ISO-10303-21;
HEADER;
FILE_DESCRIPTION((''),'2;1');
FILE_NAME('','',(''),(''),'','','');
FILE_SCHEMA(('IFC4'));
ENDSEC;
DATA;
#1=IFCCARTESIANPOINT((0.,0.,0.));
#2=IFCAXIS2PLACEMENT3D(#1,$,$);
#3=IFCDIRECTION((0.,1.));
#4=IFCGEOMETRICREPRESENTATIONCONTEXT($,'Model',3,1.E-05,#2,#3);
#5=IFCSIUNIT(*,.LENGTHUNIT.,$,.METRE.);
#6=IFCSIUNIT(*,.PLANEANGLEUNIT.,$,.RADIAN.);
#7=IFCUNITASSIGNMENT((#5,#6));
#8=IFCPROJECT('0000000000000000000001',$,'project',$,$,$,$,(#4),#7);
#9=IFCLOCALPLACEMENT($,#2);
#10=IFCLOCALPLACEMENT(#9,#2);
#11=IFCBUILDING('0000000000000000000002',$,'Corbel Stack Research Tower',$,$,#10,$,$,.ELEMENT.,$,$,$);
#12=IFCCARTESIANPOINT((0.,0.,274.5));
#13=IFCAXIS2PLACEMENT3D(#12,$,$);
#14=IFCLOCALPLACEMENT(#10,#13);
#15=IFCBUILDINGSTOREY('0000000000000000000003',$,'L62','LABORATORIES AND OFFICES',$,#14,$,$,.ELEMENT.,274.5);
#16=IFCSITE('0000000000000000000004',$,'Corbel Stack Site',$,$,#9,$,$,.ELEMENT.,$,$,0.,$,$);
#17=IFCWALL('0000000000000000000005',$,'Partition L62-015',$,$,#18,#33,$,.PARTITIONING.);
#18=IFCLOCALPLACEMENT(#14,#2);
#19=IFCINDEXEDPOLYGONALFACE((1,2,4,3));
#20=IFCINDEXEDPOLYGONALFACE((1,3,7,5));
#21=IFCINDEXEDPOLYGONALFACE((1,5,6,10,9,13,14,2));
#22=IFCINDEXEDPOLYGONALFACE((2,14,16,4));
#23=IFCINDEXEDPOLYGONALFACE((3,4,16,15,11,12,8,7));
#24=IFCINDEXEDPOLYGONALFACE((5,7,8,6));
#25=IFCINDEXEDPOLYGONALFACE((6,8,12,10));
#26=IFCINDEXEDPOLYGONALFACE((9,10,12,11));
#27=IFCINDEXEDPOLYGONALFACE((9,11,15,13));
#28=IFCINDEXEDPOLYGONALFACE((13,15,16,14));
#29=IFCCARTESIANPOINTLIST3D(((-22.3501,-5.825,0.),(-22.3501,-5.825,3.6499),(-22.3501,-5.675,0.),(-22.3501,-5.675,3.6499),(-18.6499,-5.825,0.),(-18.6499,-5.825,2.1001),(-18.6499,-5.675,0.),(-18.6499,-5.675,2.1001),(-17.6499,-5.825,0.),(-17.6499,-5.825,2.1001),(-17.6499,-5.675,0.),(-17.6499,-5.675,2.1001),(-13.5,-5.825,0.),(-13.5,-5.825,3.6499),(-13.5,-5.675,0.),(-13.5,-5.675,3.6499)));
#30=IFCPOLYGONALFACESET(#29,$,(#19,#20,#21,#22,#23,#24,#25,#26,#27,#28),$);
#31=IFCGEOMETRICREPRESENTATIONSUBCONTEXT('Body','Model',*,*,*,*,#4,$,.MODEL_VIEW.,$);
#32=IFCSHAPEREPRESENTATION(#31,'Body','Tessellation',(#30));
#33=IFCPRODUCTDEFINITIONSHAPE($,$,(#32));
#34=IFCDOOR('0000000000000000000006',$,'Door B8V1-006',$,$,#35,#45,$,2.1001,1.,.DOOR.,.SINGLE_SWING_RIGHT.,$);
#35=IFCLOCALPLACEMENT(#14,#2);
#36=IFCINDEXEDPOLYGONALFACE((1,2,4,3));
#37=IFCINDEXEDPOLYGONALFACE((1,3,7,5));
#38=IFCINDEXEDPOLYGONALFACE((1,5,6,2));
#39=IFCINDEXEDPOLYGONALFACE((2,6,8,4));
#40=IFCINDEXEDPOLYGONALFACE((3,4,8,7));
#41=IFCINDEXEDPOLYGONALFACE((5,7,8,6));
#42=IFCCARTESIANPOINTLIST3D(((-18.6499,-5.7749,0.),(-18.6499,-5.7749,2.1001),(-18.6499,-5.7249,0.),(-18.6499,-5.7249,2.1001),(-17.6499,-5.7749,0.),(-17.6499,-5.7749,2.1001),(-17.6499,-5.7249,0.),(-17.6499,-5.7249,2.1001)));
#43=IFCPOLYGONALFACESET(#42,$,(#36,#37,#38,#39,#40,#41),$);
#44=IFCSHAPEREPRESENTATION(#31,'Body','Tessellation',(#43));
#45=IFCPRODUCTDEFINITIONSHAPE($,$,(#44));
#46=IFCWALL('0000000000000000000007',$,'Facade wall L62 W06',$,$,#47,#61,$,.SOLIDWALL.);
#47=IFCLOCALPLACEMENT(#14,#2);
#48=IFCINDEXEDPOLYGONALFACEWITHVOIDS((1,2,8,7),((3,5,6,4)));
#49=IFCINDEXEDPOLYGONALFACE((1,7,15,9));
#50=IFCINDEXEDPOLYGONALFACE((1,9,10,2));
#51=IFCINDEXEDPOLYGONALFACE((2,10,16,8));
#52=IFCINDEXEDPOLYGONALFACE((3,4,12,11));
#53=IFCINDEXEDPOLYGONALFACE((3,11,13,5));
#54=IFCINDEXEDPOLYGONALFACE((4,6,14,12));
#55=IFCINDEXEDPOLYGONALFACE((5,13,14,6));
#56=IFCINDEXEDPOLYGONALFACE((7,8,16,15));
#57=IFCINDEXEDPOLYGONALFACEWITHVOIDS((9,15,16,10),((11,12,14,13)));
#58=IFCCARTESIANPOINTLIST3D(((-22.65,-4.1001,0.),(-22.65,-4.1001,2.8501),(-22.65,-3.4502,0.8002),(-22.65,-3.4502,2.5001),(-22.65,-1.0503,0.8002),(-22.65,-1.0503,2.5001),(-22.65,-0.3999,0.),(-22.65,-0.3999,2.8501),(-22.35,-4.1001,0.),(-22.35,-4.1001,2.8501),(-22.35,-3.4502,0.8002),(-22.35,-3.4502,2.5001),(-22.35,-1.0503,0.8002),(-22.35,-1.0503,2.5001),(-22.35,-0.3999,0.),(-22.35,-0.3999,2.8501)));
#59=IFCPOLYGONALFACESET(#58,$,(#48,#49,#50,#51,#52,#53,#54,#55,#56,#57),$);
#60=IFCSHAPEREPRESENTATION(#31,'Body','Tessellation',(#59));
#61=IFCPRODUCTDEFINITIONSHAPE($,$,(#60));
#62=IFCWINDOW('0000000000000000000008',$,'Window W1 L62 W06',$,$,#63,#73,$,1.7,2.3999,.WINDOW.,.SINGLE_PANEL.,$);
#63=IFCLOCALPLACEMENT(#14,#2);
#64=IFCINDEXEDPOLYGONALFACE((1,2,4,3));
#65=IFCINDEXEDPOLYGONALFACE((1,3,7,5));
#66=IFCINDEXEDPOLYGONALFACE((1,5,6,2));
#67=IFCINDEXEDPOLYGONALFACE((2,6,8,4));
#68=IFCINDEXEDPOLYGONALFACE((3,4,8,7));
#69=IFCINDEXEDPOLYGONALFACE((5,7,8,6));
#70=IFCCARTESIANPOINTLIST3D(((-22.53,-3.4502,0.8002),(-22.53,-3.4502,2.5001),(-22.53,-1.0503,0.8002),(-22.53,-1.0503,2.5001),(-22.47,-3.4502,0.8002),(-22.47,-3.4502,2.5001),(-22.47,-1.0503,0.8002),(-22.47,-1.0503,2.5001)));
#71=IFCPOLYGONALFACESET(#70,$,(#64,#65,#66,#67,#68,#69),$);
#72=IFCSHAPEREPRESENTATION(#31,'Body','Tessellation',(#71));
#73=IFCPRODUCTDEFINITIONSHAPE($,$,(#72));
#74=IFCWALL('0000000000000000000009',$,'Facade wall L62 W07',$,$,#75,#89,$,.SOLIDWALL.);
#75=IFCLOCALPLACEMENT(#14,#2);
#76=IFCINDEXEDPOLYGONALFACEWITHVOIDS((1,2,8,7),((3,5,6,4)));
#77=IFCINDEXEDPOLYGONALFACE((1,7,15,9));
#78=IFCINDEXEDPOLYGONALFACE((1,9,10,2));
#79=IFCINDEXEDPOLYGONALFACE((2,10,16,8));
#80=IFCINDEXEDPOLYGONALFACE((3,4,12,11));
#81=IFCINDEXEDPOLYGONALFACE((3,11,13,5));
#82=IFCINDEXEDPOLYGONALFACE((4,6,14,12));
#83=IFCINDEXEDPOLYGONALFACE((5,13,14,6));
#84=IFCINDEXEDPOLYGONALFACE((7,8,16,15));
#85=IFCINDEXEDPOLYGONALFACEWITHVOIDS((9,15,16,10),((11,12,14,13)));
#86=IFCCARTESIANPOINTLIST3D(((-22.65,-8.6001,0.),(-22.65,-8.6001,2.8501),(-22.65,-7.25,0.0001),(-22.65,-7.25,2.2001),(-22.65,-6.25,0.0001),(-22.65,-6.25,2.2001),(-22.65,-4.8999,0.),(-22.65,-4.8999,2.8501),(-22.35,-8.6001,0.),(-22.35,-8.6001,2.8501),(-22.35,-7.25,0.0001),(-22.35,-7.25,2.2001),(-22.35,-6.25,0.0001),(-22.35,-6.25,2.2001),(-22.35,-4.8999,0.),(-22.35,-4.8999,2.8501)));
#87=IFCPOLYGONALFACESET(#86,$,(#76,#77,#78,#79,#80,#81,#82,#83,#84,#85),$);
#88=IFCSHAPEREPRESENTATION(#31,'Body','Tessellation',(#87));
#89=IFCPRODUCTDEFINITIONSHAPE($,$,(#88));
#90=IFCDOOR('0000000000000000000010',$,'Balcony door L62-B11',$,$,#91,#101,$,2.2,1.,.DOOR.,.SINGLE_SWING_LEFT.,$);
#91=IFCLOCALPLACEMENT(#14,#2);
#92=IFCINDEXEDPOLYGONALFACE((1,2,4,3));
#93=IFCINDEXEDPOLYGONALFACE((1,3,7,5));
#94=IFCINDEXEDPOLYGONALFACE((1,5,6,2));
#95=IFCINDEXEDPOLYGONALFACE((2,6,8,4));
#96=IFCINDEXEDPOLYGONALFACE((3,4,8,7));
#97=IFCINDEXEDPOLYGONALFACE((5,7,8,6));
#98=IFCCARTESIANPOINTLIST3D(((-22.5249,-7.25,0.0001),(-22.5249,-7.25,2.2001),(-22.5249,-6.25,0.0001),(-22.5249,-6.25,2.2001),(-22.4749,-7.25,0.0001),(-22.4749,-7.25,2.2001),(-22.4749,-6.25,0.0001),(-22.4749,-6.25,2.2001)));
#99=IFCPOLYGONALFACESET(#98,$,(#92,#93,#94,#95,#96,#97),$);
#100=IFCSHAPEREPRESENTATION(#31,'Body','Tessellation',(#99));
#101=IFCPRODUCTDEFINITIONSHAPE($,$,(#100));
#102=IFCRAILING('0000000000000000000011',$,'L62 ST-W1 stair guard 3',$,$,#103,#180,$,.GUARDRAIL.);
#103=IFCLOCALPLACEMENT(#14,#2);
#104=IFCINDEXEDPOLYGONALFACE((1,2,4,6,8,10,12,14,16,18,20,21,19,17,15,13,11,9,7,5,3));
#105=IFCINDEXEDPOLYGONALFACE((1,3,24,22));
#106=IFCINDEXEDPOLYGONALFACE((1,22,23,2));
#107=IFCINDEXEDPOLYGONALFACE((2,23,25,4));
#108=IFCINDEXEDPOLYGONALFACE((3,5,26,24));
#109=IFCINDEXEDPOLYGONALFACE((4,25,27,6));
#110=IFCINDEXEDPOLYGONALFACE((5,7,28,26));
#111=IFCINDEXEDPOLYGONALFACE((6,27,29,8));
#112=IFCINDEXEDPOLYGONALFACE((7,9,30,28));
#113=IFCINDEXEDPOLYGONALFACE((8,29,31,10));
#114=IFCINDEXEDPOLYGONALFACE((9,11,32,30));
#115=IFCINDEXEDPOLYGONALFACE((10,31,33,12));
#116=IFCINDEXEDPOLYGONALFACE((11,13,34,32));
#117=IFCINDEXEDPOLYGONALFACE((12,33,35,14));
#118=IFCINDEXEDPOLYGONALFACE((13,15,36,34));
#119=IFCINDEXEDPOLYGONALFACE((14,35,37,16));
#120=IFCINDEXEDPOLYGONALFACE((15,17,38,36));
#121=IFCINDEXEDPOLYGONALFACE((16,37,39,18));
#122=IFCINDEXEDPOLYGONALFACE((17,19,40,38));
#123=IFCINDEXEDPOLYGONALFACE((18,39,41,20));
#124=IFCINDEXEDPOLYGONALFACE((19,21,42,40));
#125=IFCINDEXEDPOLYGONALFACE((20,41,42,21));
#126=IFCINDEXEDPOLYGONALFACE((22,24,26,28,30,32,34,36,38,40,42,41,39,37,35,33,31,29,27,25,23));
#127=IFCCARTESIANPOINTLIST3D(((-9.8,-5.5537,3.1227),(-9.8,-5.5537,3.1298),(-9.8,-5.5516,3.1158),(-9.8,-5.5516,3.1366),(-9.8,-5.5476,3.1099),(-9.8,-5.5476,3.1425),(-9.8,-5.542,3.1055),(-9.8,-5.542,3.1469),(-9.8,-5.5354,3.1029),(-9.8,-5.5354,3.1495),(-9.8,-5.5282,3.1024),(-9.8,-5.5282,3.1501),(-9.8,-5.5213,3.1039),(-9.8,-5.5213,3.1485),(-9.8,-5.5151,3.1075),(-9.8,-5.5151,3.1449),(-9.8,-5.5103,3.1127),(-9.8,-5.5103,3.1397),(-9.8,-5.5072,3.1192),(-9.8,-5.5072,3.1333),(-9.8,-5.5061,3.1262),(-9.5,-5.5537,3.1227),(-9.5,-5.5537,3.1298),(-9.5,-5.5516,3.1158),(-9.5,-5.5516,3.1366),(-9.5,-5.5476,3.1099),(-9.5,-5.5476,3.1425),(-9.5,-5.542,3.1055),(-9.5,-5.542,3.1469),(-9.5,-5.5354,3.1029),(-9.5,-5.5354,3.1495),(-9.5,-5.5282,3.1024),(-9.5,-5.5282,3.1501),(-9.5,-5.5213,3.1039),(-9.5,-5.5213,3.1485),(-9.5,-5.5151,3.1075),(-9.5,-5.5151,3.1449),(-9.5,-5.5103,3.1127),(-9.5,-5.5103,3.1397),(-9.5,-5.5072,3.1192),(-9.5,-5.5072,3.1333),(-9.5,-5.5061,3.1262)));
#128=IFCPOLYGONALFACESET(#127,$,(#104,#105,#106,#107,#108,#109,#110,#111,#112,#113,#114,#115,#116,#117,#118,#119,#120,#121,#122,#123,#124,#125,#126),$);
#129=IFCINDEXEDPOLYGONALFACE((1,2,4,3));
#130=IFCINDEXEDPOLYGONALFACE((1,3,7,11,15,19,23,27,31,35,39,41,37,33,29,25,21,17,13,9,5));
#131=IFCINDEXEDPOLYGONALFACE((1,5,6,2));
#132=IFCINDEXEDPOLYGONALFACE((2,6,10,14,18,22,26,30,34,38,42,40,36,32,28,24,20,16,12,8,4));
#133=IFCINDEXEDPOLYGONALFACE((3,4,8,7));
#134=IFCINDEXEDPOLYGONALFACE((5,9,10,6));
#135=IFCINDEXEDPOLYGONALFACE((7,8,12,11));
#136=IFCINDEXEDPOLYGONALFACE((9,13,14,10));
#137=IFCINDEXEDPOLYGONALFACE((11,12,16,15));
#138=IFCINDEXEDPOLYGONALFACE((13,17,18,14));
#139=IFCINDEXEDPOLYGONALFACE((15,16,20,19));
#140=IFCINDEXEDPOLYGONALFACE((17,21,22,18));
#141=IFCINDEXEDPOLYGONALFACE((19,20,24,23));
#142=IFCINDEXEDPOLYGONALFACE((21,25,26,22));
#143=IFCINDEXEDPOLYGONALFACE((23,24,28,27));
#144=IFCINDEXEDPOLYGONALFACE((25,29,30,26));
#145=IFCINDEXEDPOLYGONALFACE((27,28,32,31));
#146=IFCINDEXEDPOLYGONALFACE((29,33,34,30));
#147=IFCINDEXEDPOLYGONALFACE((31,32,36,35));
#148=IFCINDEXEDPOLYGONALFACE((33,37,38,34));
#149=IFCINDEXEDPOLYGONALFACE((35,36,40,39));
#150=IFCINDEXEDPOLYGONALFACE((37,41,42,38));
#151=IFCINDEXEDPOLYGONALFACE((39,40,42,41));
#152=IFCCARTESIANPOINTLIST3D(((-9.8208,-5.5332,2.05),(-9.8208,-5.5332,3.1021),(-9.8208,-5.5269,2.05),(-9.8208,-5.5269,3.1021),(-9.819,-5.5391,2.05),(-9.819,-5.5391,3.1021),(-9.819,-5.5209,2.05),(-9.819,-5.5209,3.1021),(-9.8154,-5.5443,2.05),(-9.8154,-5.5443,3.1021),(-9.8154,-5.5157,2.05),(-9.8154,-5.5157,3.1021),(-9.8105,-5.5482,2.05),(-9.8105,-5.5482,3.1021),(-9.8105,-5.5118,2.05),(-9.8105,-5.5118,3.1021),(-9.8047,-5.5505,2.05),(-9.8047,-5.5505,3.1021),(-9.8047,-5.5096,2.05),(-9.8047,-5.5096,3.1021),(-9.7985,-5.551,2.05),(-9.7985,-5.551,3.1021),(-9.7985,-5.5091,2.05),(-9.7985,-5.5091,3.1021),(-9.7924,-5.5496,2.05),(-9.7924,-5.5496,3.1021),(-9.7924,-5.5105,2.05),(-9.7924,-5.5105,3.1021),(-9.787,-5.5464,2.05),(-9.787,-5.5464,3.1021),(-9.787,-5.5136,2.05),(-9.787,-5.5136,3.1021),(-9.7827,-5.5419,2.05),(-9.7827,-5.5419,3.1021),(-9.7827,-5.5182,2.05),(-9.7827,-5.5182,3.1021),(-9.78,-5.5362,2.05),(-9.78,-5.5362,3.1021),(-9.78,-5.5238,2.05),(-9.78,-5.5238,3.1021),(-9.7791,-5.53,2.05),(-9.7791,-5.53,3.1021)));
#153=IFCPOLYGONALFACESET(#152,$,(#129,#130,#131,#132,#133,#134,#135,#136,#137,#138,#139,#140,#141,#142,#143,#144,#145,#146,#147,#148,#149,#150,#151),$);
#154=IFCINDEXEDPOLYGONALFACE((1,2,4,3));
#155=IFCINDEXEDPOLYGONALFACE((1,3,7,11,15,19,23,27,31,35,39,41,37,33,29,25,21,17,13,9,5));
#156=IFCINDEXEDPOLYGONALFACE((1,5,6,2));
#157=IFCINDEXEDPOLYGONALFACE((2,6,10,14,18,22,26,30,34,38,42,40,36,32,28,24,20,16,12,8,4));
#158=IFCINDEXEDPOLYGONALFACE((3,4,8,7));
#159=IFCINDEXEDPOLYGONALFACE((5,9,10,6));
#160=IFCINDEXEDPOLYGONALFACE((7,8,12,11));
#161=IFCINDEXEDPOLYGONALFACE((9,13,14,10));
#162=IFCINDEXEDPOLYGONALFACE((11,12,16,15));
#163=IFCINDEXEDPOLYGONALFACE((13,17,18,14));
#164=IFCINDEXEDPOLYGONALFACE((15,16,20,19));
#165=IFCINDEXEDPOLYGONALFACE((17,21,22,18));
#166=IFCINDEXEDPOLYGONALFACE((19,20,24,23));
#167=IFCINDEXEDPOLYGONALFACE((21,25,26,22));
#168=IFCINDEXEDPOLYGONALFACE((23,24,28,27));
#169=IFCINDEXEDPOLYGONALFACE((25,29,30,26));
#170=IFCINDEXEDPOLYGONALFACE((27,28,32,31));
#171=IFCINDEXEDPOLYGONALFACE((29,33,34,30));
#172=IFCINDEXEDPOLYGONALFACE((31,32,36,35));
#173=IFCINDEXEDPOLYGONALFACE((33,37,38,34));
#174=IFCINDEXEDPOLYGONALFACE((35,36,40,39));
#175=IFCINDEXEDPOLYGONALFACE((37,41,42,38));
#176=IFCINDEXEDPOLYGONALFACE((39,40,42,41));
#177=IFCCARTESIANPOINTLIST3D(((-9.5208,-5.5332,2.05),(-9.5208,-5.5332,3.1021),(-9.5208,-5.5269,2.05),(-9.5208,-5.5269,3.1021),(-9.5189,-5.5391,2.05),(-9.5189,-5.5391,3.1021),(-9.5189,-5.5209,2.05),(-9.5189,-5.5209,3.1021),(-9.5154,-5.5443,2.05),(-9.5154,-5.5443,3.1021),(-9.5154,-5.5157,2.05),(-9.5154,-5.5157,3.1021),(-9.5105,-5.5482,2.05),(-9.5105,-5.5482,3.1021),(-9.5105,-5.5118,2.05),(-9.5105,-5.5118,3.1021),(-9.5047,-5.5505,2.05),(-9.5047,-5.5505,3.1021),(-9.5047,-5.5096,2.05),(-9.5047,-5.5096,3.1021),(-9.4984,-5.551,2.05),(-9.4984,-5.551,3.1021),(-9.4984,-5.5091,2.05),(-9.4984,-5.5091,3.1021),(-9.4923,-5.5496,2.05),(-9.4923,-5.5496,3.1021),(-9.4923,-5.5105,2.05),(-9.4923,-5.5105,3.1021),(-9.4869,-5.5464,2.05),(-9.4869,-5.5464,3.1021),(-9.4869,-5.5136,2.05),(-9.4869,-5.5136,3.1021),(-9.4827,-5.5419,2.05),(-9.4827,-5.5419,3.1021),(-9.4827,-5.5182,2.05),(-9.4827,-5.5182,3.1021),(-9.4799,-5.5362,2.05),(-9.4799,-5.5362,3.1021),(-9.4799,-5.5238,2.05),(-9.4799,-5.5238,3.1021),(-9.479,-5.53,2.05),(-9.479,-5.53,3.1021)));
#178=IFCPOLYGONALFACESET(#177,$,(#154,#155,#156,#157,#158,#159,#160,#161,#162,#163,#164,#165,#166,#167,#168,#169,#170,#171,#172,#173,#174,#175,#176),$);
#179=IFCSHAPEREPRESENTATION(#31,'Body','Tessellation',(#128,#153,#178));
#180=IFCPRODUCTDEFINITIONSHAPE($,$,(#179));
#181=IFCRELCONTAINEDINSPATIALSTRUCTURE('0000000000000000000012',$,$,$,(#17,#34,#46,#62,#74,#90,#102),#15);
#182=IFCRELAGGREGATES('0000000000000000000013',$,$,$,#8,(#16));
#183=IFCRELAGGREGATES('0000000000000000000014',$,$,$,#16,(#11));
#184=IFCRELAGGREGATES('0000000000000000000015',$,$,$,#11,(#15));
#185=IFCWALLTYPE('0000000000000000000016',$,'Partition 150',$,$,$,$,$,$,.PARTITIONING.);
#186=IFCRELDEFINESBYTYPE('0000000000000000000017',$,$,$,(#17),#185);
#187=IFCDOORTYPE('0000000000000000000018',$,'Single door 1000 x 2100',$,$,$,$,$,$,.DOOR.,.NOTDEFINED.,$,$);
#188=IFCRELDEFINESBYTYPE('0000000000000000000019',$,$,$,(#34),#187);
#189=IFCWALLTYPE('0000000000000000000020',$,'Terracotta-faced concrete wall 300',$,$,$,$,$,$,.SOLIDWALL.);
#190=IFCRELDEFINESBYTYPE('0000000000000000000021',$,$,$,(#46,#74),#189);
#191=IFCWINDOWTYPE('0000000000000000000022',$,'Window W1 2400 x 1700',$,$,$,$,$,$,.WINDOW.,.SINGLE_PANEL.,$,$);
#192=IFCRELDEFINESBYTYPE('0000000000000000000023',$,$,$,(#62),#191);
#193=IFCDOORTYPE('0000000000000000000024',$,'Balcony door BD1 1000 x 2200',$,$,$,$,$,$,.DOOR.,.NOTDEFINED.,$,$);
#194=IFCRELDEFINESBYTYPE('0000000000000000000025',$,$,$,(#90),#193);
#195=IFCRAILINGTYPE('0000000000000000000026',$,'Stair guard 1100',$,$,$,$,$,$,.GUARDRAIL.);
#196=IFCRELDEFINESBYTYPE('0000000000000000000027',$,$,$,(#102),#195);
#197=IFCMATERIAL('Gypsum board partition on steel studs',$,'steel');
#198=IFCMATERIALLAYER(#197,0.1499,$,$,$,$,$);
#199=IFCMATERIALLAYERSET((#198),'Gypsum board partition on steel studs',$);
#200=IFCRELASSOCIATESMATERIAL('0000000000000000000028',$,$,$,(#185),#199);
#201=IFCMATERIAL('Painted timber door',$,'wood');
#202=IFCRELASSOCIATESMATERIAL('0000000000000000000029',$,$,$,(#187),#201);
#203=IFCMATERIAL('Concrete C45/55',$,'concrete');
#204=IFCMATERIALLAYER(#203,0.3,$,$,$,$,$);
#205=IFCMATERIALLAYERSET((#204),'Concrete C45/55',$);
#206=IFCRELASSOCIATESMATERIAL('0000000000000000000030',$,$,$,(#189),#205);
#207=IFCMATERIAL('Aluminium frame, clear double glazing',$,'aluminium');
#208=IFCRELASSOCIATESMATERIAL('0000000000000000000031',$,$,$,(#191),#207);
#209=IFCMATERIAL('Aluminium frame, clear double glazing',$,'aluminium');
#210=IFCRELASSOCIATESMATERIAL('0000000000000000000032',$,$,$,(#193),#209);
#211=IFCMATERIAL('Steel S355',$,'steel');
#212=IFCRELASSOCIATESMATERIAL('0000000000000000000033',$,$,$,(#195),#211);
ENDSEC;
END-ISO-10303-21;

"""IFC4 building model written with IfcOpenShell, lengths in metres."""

from ifc_helpers import new_model, si_unit, direction, frame, frame_2d, origin, origin_2d, place, context, subcontext, project, spatial, rectangle, circle, extrude, material, layer, layer_set, type_object, element, fill, save


model = new_model("IFC4")

# Units and contexts
model_context = context("Model", 3, precision=1e-05, world=origin(), true_north=direction((0.0, 1.0)))
body_context = subcontext(model_context, "Body", "Model", "MODEL_VIEW")
ifc_project = project(units=[si_unit("LENGTHUNIT", "METRE"), si_unit("PLANEANGLEUNIT", "RADIAN")], contexts=[model_context])

# Site, building, storey
site_placement = place(None, origin())
site = spatial("IfcSite", under=ifc_project, at=site_placement, Name="Corbel Stack Site", CompositionType="ELEMENT", RefElevation=0.0)
building_placement = place(site_placement, origin())
building = spatial("IfcBuilding", under=site, at=building_placement, Name="Corbel Stack Research Tower", CompositionType="ELEMENT")
storey_placement = place(building_placement, frame((0.0, 0.0, 274.5)))
storey = spatial("IfcBuildingStorey", under=building, at=storey_placement, Name="L62", Description="LABORATORIES AND OFFICES", CompositionType="ELEMENT", Elevation=274.5)

# Wall, opening, door
ifc_material_1 = material(Name="Gypsum board partition on steel studs", Category="steel")
ifc_layer_1 = layer(ifc_material_1, 0.1499)
ifc_layer_set_1 = layer_set([ifc_layer_1], Name="Gypsum board partition on steel studs")
wall_type_1 = type_object("IfcWallType", Name="Partition 150", PredefinedType="PARTITIONING", material=ifc_layer_set_1)
wall_1_placement = place(storey_placement, frame((-13.5, -5.75, 0.0), z_axis=(0.0, 0.0, 1.0), x_axis=(-1.0, 0.0, 0.0)))
wall_1 = element("IfcWall", 1, at=wall_1_placement, inside=storey, type_object=wall_type_1, Name="Partition L62-015", PredefinedType="PARTITIONING", context=body_context, shape_type="SweptSolid", body=[
    extrude(rectangle(XDim=8.8501, YDim=0.1499, at=frame_2d((4.425, 0.0))), origin(), (0.0, 0.0, 1.0), 3.6499),
])
opening_1_placement = place(wall_1_placement, frame((4.1499, 0.0, 0.0)))
opening_1 = element("IfcOpeningElement", 2, at=opening_1_placement, cuts=wall_1, PredefinedType="OPENING", context=body_context, shape_type="SweptSolid", body=[
    extrude(rectangle(XDim=1.0, YDim=2.1001, at=frame_2d((0.5, 1.05))), frame((0.0, 0.085, 0.0), z_axis=(0.0, -1.0, 0.0), x_axis=(1.0, 0.0, 0.0)), (0.0, 0.0, 1.0), 0.1699),
])
ifc_material_2 = material(Name="Painted timber door", Category="wood")
door_type_1 = type_object("IfcDoorType", Name="Single door 1000 x 2100", OperationType="NOTDEFINED", PredefinedType="DOOR", material=ifc_material_2)
door_1_placement = place(opening_1_placement, origin())
door_1 = element("IfcDoor", 3, at=door_1_placement, inside=storey, type_object=door_type_1, Name="Door B8V1-006", OperationType="SINGLE_SWING_RIGHT", OverallHeight=2.1001, OverallWidth=1.0, PredefinedType="DOOR", context=body_context, shape_type="SweptSolid", body=[
    extrude(rectangle(XDim=1.0, YDim=2.1001, at=frame_2d((0.5, 1.05))), frame((0.0, 0.0249, 0.0), z_axis=(0.0, -1.0, 0.0), x_axis=(1.0, 0.0, 0.0)), (0.0, 0.0, 1.0), 0.05),
])
fill(opening_1, door_1)

# Wall, opening, window
ifc_material_3 = material(Name="Concrete C45/55", Category="concrete")
ifc_layer_2 = layer(ifc_material_3, 0.3)
ifc_layer_set_2 = layer_set([ifc_layer_2], Name="Concrete C45/55")
wall_type_2 = type_object("IfcWallType", Name="Terracotta-faced concrete wall 300", PredefinedType="SOLIDWALL", material=ifc_layer_set_2)
wall_2_placement = place(storey_placement, frame((-22.5, -4.1001, 0.0), z_axis=(0.0, 0.0, 1.0), x_axis=(0.0, 1.0, 0.0)))
wall_2 = element("IfcWall", 4, at=wall_2_placement, inside=storey, type_object=wall_type_2, Name="Facade wall L62 W06", PredefinedType="SOLIDWALL", context=body_context, shape_type="SweptSolid", body=[
    extrude(rectangle(XDim=3.7002, YDim=0.3, at=frame_2d((1.8501, 0.0))), origin(), (0.0, 0.0, 1.0), 2.8501),
])
opening_2_placement = place(wall_2_placement, frame((0.6499, 0.0, 0.8)))
opening_2 = element("IfcOpeningElement", 5, at=opening_2_placement, cuts=wall_2, PredefinedType="OPENING", context=body_context, shape_type="SweptSolid", body=[
    extrude(rectangle(XDim=2.3999, YDim=1.7, at=frame_2d((1.2, 0.8501))), frame((0.0, 0.1599, 0.0), z_axis=(0.0, -1.0, 0.0), x_axis=(1.0, 0.0, 0.0)), (0.0, 0.0, 1.0), 0.3201),
])
ifc_material_4 = material(Name="Aluminium frame, clear double glazing", Category="aluminium")
window_type = type_object("IfcWindowType", Name="Window W1 2400 x 1700", PartitioningType="SINGLE_PANEL", PredefinedType="WINDOW", material=ifc_material_4)
window_placement = place(opening_2_placement, origin())
window = element("IfcWindow", 6, at=window_placement, inside=storey, type_object=window_type, Name="Window W1 L62 W06", OverallHeight=1.7, OverallWidth=2.3999, PartitioningType="SINGLE_PANEL", PredefinedType="WINDOW", context=body_context, shape_type="SweptSolid", body=[
    extrude(rectangle(XDim=2.3999, YDim=1.7, at=frame_2d((1.2, 0.8501))), frame((0.0, 0.03, 0.0), z_axis=(0.0, -1.0, 0.0), x_axis=(1.0, 0.0, 0.0)), (0.0, 0.0, 1.0), 0.0601),
])
fill(opening_2, window)

# Wall, opening, door
wall_3_placement = place(storey_placement, frame((-22.5, -8.6001, 0.0), z_axis=(0.0, 0.0, 1.0), x_axis=(0.0, 1.0, 0.0)))
wall_3 = element("IfcWall", 7, at=wall_3_placement, inside=storey, type_object=wall_type_2, Name="Facade wall L62 W07", PredefinedType="SOLIDWALL", context=body_context, shape_type="SweptSolid", body=[
    extrude(rectangle(XDim=3.7002, YDim=0.3, at=frame_2d((1.8501, 0.0))), origin(), (0.0, 0.0, 1.0), 2.8501),
])
opening_3_placement = place(wall_3_placement, frame((1.3501, 0.0, 0.0)))
opening_3 = element("IfcOpeningElement", 8, at=opening_3_placement, cuts=wall_3, PredefinedType="OPENING", context=body_context, shape_type="SweptSolid", body=[
    extrude(rectangle(XDim=1.0, YDim=2.2, at=frame_2d((0.5, 1.1001))), frame((0.0, 0.1599, 0.0), z_axis=(0.0, -1.0, 0.0), x_axis=(1.0, 0.0, 0.0)), (0.0, 0.0, 1.0), 0.3201),
])
ifc_material_5 = material(Name="Aluminium frame, clear double glazing", Category="aluminium")
door_type_2 = type_object("IfcDoorType", Name="Balcony door BD1 1000 x 2200", OperationType="NOTDEFINED", PredefinedType="DOOR", material=ifc_material_5)
door_2_placement = place(opening_3_placement, origin())
door_2 = element("IfcDoor", 9, at=door_2_placement, inside=storey, type_object=door_type_2, Name="Balcony door L62-B11", OperationType="SINGLE_SWING_LEFT", OverallHeight=2.2, OverallWidth=1.0, PredefinedType="DOOR", context=body_context, shape_type="SweptSolid", body=[
    extrude(rectangle(XDim=1.0, YDim=2.2, at=frame_2d((0.5, 1.1001))), frame((0.0, 0.0249, 0.0), z_axis=(0.0, -1.0, 0.0), x_axis=(1.0, 0.0, 0.0)), (0.0, 0.0, 1.0), 0.05),
])
fill(opening_3, door_2)

# Railing
ifc_material_6 = material(Name="Steel S355", Category="steel")
railing_type_1 = type_object("IfcRailingType", Name="Stair guard 1100", PredefinedType="GUARDRAIL", material=ifc_material_6)
for number, where, name in (
    (10, (-9.8, -5.53, 2.05), "L62 ST-W1 stair guard 3"),
):
    element("IfcRailing", number, at=place(storey_placement, frame(where)), inside=storey, type_object=railing_type_1, Name=name, PredefinedType="GUARDRAIL", context=body_context, shape_type="SweptSolid", body=[
        extrude(circle(Radius=0.0239, at=origin_2d()), frame((0.0, 0.0, 1.0762), z_axis=(1.0, 0.0, 0.0), x_axis=(0.0, 1.0, 0.0)), (0.0, 0.0, 1.0), 0.3),
        extrude(circle(Radius=0.021, at=origin_2d()), origin(), (0.0, 0.0, 1.0), 1.052),
        extrude(circle(Radius=0.021, at=origin_2d()), frame((0.3, 0.0, 0.0)), (0.0, 0.0, 1.0), 1.052),
    ])

save(model, "model.ifc")
